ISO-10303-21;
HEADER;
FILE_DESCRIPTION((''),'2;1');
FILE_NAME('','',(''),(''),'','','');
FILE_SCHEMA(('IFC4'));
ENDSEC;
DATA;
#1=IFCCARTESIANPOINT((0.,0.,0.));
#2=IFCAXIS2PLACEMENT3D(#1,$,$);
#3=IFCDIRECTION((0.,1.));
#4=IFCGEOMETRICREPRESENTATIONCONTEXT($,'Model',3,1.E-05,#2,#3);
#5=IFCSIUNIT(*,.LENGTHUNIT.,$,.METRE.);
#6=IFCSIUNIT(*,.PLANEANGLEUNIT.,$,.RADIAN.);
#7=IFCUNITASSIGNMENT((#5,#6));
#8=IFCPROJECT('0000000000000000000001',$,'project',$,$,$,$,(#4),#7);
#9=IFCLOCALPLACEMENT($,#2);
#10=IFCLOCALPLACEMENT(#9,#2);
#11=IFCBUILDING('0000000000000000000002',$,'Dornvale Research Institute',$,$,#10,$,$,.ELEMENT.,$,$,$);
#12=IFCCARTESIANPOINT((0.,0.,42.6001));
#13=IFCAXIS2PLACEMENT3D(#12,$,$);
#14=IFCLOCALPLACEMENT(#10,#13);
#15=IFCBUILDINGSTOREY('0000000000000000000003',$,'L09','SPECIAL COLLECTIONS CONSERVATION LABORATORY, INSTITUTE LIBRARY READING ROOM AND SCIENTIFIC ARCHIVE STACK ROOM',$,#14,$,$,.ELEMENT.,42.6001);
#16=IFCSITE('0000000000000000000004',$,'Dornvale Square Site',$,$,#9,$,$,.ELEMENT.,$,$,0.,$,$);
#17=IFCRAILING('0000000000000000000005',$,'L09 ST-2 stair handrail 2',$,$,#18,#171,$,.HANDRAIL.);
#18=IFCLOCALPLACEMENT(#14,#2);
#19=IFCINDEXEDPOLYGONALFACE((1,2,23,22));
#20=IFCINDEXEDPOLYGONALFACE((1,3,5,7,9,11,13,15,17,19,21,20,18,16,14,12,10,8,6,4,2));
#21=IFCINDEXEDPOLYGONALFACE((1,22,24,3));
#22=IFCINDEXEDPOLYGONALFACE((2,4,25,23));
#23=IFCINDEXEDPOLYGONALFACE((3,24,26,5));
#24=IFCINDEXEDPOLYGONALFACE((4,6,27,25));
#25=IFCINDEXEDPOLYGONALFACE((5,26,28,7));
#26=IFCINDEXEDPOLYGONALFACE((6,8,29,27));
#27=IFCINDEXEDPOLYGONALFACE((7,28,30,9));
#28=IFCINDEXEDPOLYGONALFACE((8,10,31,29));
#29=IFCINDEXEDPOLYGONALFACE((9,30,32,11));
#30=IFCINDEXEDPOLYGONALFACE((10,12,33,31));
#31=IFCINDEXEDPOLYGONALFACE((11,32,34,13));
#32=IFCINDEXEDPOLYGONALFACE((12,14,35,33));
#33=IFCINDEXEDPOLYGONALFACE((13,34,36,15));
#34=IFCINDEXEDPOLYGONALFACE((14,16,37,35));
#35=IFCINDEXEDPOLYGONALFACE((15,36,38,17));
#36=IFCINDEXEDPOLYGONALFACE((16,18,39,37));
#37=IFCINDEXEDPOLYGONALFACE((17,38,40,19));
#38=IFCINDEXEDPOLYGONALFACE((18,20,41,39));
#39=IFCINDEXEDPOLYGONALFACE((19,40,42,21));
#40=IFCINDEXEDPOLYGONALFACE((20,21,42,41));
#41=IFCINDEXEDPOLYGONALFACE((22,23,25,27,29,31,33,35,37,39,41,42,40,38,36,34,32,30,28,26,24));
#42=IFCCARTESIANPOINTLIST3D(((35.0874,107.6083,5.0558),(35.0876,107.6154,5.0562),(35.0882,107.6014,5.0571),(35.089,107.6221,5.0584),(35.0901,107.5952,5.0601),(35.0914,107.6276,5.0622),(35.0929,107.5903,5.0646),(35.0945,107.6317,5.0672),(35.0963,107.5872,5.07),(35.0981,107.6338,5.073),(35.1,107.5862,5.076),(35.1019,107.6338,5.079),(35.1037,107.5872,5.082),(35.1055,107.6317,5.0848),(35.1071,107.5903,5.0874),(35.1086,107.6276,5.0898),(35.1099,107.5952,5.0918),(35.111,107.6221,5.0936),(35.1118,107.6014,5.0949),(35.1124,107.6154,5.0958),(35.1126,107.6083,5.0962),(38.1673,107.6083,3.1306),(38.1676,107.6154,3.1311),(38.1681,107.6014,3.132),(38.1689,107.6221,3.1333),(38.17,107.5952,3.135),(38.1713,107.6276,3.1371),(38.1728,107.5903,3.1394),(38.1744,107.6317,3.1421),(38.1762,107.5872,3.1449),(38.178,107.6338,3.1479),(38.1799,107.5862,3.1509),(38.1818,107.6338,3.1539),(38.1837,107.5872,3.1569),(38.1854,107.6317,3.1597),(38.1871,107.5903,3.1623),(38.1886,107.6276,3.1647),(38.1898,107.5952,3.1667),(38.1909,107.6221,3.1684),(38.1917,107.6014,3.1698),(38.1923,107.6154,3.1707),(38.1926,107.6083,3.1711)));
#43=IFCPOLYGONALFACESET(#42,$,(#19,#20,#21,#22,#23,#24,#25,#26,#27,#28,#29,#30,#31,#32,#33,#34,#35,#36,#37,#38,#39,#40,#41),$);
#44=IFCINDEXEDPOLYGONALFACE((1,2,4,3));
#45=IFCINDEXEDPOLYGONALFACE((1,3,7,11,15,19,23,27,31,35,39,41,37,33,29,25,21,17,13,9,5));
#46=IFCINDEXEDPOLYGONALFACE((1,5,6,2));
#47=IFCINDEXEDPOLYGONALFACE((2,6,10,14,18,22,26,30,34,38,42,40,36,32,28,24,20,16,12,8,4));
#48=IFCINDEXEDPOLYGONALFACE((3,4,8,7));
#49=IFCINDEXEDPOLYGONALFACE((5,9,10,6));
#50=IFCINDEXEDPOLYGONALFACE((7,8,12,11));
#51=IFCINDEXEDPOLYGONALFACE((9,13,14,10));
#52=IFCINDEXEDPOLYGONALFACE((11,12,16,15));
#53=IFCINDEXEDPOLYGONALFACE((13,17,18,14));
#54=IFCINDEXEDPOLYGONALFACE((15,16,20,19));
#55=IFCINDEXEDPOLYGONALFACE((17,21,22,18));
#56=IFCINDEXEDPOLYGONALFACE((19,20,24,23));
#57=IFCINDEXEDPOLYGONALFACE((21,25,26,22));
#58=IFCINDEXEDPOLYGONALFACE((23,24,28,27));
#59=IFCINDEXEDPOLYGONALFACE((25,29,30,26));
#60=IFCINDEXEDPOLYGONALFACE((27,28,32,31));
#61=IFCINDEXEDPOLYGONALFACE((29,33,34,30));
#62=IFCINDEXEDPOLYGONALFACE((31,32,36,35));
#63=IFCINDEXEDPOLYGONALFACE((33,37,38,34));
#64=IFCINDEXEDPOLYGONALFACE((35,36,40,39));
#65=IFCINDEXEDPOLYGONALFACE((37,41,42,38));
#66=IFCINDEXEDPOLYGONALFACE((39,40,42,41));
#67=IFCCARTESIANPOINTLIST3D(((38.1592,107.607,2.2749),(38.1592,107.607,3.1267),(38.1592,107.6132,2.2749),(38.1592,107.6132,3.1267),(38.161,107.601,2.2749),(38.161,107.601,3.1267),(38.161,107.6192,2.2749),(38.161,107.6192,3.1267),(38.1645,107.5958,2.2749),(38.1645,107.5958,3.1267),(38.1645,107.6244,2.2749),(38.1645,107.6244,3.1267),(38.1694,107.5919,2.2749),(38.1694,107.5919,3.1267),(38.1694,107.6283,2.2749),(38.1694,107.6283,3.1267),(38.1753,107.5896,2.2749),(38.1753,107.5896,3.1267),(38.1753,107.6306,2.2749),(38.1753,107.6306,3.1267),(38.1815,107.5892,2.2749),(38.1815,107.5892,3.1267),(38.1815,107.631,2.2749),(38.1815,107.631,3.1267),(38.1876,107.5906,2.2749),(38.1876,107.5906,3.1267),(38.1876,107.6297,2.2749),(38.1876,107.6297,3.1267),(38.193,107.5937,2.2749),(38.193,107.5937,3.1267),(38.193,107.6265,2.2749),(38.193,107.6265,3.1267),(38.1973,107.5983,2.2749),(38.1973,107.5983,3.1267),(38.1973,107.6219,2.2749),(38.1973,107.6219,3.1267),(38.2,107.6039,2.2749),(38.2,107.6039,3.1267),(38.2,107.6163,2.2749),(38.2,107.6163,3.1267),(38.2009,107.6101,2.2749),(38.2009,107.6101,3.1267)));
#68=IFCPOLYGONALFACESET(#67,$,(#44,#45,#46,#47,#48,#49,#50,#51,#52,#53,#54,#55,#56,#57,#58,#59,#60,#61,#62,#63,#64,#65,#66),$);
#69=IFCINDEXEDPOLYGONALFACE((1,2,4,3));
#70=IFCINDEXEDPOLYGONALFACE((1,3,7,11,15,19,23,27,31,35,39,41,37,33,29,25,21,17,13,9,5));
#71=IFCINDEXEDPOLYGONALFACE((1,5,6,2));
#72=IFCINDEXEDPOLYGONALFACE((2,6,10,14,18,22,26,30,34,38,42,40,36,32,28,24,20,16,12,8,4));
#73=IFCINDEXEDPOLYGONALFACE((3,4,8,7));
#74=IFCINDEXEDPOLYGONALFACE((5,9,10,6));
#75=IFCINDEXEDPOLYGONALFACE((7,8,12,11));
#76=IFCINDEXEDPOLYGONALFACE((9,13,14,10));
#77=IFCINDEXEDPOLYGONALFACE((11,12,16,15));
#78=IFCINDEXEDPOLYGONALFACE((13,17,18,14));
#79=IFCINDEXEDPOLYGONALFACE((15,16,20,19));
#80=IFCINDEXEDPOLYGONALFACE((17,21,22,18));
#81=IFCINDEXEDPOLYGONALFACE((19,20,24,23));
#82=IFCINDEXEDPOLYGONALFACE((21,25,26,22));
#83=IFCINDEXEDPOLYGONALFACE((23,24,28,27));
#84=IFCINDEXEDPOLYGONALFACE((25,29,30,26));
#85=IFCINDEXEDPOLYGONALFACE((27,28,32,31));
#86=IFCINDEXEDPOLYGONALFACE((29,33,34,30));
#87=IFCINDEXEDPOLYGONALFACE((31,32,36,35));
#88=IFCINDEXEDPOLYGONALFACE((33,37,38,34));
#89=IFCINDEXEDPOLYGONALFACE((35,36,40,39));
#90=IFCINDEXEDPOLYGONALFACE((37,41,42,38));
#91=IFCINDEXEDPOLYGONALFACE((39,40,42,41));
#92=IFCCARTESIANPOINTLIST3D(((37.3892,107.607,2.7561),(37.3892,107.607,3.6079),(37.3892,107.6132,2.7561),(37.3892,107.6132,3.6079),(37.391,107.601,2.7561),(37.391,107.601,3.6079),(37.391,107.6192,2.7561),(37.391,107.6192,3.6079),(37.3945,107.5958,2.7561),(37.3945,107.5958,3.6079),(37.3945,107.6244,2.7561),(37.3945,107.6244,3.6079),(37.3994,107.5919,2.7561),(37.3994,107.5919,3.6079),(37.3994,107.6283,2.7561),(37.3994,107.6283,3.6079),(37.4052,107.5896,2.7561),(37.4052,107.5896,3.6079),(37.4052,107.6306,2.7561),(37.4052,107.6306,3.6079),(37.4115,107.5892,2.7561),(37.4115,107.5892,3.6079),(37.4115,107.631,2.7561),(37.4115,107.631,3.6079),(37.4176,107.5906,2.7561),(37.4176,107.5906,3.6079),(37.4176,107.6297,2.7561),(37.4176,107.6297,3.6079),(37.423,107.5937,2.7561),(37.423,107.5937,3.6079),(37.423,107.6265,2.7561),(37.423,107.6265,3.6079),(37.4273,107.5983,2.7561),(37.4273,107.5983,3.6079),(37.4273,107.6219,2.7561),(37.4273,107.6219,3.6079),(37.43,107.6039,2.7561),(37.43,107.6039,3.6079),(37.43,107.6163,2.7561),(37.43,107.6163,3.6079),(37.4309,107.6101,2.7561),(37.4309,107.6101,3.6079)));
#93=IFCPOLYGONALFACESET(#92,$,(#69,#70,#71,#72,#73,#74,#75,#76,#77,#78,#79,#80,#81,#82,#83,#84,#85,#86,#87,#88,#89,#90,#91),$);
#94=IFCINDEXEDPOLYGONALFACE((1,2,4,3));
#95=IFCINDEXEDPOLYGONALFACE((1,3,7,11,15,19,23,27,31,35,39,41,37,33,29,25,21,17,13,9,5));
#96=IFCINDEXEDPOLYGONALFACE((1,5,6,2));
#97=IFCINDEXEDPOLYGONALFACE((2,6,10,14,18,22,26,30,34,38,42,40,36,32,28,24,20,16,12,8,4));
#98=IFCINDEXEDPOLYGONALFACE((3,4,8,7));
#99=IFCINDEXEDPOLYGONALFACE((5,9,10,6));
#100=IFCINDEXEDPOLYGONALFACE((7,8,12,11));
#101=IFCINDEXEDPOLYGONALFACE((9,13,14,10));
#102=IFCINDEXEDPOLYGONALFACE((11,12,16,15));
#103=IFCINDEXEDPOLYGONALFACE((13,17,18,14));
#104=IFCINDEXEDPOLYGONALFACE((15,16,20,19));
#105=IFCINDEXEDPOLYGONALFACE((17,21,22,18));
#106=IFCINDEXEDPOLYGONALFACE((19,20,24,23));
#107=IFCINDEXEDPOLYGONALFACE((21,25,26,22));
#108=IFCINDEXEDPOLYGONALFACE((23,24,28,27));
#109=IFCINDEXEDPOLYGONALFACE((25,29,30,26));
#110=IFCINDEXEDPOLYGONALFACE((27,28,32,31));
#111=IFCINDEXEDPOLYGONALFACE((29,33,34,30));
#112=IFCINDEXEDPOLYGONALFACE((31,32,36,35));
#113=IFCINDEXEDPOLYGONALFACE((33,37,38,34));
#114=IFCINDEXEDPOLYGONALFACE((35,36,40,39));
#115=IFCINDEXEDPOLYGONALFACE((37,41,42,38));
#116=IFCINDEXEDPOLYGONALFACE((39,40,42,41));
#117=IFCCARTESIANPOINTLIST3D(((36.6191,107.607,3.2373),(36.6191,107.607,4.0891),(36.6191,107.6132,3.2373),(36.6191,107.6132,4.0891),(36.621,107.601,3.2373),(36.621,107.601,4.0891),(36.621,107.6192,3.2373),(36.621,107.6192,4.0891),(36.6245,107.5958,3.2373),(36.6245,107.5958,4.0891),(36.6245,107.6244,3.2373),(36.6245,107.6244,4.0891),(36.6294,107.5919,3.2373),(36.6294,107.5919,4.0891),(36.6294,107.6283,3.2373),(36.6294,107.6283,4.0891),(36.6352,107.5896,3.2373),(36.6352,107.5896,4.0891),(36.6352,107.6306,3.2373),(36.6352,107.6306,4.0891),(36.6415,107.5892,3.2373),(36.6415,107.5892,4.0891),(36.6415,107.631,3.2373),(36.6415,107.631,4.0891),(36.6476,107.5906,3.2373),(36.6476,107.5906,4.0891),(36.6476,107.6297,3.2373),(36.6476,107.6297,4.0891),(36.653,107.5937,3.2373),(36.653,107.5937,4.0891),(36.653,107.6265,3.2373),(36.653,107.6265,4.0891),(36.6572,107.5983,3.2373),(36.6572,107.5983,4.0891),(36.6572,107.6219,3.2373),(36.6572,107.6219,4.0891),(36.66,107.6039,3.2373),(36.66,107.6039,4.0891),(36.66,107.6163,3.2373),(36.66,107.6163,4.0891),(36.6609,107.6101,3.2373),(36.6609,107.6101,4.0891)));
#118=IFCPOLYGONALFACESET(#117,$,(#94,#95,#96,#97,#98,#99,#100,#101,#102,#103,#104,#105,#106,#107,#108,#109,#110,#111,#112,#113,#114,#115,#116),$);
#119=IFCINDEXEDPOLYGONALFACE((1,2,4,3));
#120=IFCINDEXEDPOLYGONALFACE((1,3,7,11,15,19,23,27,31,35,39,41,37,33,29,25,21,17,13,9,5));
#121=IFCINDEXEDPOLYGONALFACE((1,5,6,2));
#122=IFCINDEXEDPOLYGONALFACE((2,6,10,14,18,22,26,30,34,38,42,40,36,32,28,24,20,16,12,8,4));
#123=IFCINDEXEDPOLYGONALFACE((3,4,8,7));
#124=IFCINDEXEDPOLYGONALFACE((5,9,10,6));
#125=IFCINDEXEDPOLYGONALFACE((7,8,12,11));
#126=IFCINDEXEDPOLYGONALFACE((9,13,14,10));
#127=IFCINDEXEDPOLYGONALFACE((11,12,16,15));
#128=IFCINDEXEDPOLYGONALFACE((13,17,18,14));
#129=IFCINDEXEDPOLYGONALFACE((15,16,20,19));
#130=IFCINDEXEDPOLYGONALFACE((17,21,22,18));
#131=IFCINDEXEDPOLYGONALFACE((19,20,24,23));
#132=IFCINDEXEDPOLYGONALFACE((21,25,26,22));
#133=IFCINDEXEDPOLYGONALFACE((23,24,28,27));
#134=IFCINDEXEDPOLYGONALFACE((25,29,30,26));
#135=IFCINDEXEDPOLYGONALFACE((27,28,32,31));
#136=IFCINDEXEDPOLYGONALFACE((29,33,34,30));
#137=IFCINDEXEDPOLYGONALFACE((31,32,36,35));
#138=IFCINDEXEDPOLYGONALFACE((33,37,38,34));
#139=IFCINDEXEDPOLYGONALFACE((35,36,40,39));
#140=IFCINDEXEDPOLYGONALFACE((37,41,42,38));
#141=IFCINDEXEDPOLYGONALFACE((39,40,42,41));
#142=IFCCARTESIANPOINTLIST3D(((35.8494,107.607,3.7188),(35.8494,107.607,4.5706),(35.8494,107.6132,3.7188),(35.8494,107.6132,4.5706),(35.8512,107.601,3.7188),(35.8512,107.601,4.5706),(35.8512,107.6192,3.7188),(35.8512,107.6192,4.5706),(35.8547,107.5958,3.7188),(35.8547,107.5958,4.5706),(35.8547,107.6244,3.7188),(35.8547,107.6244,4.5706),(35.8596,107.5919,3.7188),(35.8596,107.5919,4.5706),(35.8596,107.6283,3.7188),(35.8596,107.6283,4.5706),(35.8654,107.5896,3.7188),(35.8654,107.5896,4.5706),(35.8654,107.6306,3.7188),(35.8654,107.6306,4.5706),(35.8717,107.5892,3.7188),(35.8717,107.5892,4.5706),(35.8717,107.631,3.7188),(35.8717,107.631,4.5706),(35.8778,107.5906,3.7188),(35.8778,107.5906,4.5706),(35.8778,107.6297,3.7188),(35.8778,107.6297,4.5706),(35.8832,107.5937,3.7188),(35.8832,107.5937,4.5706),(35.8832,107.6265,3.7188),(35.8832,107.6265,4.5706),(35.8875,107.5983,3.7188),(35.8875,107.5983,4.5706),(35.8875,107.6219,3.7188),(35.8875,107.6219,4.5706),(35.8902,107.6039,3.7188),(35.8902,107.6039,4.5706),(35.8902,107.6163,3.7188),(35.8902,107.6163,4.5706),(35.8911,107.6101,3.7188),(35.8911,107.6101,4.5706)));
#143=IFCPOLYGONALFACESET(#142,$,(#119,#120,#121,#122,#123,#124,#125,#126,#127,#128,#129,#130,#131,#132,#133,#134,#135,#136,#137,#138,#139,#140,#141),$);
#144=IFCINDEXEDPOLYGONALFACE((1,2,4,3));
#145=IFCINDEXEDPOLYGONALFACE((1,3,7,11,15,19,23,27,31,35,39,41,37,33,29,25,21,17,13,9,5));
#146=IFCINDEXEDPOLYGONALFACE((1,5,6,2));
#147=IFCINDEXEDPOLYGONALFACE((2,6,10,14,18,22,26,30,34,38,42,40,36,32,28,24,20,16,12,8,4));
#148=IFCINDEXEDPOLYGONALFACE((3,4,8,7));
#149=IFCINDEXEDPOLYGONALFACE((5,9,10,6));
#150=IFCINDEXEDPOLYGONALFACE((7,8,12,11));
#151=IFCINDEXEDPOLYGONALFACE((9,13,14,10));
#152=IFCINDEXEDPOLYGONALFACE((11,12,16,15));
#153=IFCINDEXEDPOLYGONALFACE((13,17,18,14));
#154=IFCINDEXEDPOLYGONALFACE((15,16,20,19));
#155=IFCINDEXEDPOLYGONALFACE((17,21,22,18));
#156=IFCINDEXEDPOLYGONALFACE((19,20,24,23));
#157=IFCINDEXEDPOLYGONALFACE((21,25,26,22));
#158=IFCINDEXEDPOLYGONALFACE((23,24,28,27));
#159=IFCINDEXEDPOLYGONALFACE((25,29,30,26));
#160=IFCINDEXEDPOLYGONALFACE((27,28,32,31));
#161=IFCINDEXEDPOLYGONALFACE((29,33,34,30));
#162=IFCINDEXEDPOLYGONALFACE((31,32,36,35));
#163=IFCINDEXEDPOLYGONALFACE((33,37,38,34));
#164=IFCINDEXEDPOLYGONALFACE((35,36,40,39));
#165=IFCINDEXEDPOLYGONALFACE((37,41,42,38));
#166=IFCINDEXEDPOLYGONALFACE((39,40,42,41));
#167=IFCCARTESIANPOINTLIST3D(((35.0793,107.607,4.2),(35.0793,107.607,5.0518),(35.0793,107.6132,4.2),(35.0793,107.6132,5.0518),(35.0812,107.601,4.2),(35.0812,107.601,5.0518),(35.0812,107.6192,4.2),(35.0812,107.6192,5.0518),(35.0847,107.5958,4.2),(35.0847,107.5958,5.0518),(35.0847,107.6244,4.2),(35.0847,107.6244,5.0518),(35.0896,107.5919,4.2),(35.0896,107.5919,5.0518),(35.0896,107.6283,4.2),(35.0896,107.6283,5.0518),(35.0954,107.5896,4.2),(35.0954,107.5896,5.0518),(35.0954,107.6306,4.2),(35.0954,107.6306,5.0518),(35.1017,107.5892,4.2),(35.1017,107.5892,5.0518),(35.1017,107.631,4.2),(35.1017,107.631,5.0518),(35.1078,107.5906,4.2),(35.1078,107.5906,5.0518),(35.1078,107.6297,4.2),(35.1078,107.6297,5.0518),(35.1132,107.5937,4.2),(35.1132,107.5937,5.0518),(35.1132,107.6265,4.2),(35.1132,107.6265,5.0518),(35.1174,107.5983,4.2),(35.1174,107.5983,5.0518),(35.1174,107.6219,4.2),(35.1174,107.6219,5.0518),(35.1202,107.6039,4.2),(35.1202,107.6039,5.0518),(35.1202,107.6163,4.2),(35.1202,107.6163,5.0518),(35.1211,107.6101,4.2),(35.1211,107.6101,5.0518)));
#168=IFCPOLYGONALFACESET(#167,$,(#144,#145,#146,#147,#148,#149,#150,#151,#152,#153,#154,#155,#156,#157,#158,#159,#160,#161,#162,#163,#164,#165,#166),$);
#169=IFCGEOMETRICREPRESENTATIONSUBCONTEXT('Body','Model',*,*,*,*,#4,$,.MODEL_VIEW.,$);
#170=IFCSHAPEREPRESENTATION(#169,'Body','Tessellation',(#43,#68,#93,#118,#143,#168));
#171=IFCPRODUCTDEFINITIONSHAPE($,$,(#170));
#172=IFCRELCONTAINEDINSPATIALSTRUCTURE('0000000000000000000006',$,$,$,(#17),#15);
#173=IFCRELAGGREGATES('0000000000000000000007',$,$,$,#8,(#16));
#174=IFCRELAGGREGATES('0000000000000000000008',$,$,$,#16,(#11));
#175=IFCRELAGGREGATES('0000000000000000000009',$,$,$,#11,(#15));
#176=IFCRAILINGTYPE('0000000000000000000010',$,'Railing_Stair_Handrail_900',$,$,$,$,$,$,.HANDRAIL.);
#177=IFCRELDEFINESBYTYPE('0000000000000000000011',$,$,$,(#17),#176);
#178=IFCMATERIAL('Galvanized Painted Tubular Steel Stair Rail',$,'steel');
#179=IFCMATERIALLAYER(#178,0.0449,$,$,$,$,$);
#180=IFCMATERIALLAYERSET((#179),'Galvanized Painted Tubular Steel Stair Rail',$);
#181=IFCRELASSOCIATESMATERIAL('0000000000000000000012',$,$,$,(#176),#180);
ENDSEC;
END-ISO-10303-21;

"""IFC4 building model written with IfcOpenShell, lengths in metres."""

from ifc_helpers import new_model, si_unit, direction, frame, origin, origin_2d, place, context, subcontext, project, spatial, circle, extrude, material, layer, layer_set, type_object, element, save


model = new_model("IFC4")

# Units and contexts
model_context = context("Model", 3, precision=1e-05, world=origin(), true_north=direction((0.0, 1.0)))
body_context = subcontext(model_context, "Body", "Model", "MODEL_VIEW")
ifc_project = project(units=[si_unit("LENGTHUNIT", "METRE"), si_unit("PLANEANGLEUNIT", "RADIAN")], contexts=[model_context])

# Site, building, storey
site_placement = place(None, origin())
site = spatial("IfcSite", under=ifc_project, at=site_placement, Name="Dornvale Square Site", CompositionType="ELEMENT", RefElevation=0.0)
building_placement = place(site_placement, origin())
building = spatial("IfcBuilding", under=site, at=building_placement, Name="Dornvale Research Institute", CompositionType="ELEMENT")
storey_placement = place(building_placement, frame((0.0, 0.0, 42.6001)))
storey = spatial("IfcBuildingStorey", under=building, at=storey_placement, Name="L09", Description="SPECIAL COLLECTIONS CONSERVATION LABORATORY, INSTITUTE LIBRARY READING ROOM AND SCIENTIFIC ARCHIVE STACK ROOM", CompositionType="ELEMENT", Elevation=42.6001)

# Railing
ifc_material_1 = material(Name="Galvanized Painted Tubular Steel Stair Rail", Category="steel")
ifc_layer_1 = layer(ifc_material_1, 0.0449)
ifc_layer_set_1 = layer_set([ifc_layer_1], Name="Galvanized Painted Tubular Steel Stair Rail")
railing_type_1 = type_object("IfcRailingType", Name="Railing_Stair_Handrail_900", PredefinedType="HANDRAIL", material=ifc_layer_set_1)
railing_1_placement = place(storey_placement, frame((38.1799, 107.6101, 2.2749)))
element("IfcRailing", 1, at=railing_1_placement, inside=storey, type_object=railing_type_1, Name="L09 ST-2 stair handrail 2", PredefinedType="HANDRAIL", context=body_context, shape_type="SweptSolid", body=[
    extrude(circle(Radius=0.0239, at=origin_2d()), frame((0.0, 0.0, 0.876), z_axis=(-0.847979, 0.0, 0.530029), x_axis=(0.0, -1.0, 0.0)), (0.0, 0.0, 1.0), 3.6321),
    extrude(circle(Radius=0.021, at=origin_2d()), origin(), (0.0, 0.0, 1.0), 0.8518),
    extrude(circle(Radius=0.021, at=origin_2d()), frame((-0.77, 0.0, 0.4812)), (0.0, 0.0, 1.0), 0.8518),
    extrude(circle(Radius=0.021, at=origin_2d()), frame((-1.54, 0.0, 0.9624)), (0.0, 0.0, 1.0), 0.8518),
    extrude(circle(Radius=0.021, at=origin_2d()), frame((-2.3098, 0.0, 1.4438)), (0.0, 0.0, 1.0), 0.8518),
    extrude(circle(Radius=0.021, at=origin_2d()), frame((-3.0798, 0.0, 1.925)), (0.0, 0.0, 1.0), 0.8518),
])

save(model, "model.ifc")
